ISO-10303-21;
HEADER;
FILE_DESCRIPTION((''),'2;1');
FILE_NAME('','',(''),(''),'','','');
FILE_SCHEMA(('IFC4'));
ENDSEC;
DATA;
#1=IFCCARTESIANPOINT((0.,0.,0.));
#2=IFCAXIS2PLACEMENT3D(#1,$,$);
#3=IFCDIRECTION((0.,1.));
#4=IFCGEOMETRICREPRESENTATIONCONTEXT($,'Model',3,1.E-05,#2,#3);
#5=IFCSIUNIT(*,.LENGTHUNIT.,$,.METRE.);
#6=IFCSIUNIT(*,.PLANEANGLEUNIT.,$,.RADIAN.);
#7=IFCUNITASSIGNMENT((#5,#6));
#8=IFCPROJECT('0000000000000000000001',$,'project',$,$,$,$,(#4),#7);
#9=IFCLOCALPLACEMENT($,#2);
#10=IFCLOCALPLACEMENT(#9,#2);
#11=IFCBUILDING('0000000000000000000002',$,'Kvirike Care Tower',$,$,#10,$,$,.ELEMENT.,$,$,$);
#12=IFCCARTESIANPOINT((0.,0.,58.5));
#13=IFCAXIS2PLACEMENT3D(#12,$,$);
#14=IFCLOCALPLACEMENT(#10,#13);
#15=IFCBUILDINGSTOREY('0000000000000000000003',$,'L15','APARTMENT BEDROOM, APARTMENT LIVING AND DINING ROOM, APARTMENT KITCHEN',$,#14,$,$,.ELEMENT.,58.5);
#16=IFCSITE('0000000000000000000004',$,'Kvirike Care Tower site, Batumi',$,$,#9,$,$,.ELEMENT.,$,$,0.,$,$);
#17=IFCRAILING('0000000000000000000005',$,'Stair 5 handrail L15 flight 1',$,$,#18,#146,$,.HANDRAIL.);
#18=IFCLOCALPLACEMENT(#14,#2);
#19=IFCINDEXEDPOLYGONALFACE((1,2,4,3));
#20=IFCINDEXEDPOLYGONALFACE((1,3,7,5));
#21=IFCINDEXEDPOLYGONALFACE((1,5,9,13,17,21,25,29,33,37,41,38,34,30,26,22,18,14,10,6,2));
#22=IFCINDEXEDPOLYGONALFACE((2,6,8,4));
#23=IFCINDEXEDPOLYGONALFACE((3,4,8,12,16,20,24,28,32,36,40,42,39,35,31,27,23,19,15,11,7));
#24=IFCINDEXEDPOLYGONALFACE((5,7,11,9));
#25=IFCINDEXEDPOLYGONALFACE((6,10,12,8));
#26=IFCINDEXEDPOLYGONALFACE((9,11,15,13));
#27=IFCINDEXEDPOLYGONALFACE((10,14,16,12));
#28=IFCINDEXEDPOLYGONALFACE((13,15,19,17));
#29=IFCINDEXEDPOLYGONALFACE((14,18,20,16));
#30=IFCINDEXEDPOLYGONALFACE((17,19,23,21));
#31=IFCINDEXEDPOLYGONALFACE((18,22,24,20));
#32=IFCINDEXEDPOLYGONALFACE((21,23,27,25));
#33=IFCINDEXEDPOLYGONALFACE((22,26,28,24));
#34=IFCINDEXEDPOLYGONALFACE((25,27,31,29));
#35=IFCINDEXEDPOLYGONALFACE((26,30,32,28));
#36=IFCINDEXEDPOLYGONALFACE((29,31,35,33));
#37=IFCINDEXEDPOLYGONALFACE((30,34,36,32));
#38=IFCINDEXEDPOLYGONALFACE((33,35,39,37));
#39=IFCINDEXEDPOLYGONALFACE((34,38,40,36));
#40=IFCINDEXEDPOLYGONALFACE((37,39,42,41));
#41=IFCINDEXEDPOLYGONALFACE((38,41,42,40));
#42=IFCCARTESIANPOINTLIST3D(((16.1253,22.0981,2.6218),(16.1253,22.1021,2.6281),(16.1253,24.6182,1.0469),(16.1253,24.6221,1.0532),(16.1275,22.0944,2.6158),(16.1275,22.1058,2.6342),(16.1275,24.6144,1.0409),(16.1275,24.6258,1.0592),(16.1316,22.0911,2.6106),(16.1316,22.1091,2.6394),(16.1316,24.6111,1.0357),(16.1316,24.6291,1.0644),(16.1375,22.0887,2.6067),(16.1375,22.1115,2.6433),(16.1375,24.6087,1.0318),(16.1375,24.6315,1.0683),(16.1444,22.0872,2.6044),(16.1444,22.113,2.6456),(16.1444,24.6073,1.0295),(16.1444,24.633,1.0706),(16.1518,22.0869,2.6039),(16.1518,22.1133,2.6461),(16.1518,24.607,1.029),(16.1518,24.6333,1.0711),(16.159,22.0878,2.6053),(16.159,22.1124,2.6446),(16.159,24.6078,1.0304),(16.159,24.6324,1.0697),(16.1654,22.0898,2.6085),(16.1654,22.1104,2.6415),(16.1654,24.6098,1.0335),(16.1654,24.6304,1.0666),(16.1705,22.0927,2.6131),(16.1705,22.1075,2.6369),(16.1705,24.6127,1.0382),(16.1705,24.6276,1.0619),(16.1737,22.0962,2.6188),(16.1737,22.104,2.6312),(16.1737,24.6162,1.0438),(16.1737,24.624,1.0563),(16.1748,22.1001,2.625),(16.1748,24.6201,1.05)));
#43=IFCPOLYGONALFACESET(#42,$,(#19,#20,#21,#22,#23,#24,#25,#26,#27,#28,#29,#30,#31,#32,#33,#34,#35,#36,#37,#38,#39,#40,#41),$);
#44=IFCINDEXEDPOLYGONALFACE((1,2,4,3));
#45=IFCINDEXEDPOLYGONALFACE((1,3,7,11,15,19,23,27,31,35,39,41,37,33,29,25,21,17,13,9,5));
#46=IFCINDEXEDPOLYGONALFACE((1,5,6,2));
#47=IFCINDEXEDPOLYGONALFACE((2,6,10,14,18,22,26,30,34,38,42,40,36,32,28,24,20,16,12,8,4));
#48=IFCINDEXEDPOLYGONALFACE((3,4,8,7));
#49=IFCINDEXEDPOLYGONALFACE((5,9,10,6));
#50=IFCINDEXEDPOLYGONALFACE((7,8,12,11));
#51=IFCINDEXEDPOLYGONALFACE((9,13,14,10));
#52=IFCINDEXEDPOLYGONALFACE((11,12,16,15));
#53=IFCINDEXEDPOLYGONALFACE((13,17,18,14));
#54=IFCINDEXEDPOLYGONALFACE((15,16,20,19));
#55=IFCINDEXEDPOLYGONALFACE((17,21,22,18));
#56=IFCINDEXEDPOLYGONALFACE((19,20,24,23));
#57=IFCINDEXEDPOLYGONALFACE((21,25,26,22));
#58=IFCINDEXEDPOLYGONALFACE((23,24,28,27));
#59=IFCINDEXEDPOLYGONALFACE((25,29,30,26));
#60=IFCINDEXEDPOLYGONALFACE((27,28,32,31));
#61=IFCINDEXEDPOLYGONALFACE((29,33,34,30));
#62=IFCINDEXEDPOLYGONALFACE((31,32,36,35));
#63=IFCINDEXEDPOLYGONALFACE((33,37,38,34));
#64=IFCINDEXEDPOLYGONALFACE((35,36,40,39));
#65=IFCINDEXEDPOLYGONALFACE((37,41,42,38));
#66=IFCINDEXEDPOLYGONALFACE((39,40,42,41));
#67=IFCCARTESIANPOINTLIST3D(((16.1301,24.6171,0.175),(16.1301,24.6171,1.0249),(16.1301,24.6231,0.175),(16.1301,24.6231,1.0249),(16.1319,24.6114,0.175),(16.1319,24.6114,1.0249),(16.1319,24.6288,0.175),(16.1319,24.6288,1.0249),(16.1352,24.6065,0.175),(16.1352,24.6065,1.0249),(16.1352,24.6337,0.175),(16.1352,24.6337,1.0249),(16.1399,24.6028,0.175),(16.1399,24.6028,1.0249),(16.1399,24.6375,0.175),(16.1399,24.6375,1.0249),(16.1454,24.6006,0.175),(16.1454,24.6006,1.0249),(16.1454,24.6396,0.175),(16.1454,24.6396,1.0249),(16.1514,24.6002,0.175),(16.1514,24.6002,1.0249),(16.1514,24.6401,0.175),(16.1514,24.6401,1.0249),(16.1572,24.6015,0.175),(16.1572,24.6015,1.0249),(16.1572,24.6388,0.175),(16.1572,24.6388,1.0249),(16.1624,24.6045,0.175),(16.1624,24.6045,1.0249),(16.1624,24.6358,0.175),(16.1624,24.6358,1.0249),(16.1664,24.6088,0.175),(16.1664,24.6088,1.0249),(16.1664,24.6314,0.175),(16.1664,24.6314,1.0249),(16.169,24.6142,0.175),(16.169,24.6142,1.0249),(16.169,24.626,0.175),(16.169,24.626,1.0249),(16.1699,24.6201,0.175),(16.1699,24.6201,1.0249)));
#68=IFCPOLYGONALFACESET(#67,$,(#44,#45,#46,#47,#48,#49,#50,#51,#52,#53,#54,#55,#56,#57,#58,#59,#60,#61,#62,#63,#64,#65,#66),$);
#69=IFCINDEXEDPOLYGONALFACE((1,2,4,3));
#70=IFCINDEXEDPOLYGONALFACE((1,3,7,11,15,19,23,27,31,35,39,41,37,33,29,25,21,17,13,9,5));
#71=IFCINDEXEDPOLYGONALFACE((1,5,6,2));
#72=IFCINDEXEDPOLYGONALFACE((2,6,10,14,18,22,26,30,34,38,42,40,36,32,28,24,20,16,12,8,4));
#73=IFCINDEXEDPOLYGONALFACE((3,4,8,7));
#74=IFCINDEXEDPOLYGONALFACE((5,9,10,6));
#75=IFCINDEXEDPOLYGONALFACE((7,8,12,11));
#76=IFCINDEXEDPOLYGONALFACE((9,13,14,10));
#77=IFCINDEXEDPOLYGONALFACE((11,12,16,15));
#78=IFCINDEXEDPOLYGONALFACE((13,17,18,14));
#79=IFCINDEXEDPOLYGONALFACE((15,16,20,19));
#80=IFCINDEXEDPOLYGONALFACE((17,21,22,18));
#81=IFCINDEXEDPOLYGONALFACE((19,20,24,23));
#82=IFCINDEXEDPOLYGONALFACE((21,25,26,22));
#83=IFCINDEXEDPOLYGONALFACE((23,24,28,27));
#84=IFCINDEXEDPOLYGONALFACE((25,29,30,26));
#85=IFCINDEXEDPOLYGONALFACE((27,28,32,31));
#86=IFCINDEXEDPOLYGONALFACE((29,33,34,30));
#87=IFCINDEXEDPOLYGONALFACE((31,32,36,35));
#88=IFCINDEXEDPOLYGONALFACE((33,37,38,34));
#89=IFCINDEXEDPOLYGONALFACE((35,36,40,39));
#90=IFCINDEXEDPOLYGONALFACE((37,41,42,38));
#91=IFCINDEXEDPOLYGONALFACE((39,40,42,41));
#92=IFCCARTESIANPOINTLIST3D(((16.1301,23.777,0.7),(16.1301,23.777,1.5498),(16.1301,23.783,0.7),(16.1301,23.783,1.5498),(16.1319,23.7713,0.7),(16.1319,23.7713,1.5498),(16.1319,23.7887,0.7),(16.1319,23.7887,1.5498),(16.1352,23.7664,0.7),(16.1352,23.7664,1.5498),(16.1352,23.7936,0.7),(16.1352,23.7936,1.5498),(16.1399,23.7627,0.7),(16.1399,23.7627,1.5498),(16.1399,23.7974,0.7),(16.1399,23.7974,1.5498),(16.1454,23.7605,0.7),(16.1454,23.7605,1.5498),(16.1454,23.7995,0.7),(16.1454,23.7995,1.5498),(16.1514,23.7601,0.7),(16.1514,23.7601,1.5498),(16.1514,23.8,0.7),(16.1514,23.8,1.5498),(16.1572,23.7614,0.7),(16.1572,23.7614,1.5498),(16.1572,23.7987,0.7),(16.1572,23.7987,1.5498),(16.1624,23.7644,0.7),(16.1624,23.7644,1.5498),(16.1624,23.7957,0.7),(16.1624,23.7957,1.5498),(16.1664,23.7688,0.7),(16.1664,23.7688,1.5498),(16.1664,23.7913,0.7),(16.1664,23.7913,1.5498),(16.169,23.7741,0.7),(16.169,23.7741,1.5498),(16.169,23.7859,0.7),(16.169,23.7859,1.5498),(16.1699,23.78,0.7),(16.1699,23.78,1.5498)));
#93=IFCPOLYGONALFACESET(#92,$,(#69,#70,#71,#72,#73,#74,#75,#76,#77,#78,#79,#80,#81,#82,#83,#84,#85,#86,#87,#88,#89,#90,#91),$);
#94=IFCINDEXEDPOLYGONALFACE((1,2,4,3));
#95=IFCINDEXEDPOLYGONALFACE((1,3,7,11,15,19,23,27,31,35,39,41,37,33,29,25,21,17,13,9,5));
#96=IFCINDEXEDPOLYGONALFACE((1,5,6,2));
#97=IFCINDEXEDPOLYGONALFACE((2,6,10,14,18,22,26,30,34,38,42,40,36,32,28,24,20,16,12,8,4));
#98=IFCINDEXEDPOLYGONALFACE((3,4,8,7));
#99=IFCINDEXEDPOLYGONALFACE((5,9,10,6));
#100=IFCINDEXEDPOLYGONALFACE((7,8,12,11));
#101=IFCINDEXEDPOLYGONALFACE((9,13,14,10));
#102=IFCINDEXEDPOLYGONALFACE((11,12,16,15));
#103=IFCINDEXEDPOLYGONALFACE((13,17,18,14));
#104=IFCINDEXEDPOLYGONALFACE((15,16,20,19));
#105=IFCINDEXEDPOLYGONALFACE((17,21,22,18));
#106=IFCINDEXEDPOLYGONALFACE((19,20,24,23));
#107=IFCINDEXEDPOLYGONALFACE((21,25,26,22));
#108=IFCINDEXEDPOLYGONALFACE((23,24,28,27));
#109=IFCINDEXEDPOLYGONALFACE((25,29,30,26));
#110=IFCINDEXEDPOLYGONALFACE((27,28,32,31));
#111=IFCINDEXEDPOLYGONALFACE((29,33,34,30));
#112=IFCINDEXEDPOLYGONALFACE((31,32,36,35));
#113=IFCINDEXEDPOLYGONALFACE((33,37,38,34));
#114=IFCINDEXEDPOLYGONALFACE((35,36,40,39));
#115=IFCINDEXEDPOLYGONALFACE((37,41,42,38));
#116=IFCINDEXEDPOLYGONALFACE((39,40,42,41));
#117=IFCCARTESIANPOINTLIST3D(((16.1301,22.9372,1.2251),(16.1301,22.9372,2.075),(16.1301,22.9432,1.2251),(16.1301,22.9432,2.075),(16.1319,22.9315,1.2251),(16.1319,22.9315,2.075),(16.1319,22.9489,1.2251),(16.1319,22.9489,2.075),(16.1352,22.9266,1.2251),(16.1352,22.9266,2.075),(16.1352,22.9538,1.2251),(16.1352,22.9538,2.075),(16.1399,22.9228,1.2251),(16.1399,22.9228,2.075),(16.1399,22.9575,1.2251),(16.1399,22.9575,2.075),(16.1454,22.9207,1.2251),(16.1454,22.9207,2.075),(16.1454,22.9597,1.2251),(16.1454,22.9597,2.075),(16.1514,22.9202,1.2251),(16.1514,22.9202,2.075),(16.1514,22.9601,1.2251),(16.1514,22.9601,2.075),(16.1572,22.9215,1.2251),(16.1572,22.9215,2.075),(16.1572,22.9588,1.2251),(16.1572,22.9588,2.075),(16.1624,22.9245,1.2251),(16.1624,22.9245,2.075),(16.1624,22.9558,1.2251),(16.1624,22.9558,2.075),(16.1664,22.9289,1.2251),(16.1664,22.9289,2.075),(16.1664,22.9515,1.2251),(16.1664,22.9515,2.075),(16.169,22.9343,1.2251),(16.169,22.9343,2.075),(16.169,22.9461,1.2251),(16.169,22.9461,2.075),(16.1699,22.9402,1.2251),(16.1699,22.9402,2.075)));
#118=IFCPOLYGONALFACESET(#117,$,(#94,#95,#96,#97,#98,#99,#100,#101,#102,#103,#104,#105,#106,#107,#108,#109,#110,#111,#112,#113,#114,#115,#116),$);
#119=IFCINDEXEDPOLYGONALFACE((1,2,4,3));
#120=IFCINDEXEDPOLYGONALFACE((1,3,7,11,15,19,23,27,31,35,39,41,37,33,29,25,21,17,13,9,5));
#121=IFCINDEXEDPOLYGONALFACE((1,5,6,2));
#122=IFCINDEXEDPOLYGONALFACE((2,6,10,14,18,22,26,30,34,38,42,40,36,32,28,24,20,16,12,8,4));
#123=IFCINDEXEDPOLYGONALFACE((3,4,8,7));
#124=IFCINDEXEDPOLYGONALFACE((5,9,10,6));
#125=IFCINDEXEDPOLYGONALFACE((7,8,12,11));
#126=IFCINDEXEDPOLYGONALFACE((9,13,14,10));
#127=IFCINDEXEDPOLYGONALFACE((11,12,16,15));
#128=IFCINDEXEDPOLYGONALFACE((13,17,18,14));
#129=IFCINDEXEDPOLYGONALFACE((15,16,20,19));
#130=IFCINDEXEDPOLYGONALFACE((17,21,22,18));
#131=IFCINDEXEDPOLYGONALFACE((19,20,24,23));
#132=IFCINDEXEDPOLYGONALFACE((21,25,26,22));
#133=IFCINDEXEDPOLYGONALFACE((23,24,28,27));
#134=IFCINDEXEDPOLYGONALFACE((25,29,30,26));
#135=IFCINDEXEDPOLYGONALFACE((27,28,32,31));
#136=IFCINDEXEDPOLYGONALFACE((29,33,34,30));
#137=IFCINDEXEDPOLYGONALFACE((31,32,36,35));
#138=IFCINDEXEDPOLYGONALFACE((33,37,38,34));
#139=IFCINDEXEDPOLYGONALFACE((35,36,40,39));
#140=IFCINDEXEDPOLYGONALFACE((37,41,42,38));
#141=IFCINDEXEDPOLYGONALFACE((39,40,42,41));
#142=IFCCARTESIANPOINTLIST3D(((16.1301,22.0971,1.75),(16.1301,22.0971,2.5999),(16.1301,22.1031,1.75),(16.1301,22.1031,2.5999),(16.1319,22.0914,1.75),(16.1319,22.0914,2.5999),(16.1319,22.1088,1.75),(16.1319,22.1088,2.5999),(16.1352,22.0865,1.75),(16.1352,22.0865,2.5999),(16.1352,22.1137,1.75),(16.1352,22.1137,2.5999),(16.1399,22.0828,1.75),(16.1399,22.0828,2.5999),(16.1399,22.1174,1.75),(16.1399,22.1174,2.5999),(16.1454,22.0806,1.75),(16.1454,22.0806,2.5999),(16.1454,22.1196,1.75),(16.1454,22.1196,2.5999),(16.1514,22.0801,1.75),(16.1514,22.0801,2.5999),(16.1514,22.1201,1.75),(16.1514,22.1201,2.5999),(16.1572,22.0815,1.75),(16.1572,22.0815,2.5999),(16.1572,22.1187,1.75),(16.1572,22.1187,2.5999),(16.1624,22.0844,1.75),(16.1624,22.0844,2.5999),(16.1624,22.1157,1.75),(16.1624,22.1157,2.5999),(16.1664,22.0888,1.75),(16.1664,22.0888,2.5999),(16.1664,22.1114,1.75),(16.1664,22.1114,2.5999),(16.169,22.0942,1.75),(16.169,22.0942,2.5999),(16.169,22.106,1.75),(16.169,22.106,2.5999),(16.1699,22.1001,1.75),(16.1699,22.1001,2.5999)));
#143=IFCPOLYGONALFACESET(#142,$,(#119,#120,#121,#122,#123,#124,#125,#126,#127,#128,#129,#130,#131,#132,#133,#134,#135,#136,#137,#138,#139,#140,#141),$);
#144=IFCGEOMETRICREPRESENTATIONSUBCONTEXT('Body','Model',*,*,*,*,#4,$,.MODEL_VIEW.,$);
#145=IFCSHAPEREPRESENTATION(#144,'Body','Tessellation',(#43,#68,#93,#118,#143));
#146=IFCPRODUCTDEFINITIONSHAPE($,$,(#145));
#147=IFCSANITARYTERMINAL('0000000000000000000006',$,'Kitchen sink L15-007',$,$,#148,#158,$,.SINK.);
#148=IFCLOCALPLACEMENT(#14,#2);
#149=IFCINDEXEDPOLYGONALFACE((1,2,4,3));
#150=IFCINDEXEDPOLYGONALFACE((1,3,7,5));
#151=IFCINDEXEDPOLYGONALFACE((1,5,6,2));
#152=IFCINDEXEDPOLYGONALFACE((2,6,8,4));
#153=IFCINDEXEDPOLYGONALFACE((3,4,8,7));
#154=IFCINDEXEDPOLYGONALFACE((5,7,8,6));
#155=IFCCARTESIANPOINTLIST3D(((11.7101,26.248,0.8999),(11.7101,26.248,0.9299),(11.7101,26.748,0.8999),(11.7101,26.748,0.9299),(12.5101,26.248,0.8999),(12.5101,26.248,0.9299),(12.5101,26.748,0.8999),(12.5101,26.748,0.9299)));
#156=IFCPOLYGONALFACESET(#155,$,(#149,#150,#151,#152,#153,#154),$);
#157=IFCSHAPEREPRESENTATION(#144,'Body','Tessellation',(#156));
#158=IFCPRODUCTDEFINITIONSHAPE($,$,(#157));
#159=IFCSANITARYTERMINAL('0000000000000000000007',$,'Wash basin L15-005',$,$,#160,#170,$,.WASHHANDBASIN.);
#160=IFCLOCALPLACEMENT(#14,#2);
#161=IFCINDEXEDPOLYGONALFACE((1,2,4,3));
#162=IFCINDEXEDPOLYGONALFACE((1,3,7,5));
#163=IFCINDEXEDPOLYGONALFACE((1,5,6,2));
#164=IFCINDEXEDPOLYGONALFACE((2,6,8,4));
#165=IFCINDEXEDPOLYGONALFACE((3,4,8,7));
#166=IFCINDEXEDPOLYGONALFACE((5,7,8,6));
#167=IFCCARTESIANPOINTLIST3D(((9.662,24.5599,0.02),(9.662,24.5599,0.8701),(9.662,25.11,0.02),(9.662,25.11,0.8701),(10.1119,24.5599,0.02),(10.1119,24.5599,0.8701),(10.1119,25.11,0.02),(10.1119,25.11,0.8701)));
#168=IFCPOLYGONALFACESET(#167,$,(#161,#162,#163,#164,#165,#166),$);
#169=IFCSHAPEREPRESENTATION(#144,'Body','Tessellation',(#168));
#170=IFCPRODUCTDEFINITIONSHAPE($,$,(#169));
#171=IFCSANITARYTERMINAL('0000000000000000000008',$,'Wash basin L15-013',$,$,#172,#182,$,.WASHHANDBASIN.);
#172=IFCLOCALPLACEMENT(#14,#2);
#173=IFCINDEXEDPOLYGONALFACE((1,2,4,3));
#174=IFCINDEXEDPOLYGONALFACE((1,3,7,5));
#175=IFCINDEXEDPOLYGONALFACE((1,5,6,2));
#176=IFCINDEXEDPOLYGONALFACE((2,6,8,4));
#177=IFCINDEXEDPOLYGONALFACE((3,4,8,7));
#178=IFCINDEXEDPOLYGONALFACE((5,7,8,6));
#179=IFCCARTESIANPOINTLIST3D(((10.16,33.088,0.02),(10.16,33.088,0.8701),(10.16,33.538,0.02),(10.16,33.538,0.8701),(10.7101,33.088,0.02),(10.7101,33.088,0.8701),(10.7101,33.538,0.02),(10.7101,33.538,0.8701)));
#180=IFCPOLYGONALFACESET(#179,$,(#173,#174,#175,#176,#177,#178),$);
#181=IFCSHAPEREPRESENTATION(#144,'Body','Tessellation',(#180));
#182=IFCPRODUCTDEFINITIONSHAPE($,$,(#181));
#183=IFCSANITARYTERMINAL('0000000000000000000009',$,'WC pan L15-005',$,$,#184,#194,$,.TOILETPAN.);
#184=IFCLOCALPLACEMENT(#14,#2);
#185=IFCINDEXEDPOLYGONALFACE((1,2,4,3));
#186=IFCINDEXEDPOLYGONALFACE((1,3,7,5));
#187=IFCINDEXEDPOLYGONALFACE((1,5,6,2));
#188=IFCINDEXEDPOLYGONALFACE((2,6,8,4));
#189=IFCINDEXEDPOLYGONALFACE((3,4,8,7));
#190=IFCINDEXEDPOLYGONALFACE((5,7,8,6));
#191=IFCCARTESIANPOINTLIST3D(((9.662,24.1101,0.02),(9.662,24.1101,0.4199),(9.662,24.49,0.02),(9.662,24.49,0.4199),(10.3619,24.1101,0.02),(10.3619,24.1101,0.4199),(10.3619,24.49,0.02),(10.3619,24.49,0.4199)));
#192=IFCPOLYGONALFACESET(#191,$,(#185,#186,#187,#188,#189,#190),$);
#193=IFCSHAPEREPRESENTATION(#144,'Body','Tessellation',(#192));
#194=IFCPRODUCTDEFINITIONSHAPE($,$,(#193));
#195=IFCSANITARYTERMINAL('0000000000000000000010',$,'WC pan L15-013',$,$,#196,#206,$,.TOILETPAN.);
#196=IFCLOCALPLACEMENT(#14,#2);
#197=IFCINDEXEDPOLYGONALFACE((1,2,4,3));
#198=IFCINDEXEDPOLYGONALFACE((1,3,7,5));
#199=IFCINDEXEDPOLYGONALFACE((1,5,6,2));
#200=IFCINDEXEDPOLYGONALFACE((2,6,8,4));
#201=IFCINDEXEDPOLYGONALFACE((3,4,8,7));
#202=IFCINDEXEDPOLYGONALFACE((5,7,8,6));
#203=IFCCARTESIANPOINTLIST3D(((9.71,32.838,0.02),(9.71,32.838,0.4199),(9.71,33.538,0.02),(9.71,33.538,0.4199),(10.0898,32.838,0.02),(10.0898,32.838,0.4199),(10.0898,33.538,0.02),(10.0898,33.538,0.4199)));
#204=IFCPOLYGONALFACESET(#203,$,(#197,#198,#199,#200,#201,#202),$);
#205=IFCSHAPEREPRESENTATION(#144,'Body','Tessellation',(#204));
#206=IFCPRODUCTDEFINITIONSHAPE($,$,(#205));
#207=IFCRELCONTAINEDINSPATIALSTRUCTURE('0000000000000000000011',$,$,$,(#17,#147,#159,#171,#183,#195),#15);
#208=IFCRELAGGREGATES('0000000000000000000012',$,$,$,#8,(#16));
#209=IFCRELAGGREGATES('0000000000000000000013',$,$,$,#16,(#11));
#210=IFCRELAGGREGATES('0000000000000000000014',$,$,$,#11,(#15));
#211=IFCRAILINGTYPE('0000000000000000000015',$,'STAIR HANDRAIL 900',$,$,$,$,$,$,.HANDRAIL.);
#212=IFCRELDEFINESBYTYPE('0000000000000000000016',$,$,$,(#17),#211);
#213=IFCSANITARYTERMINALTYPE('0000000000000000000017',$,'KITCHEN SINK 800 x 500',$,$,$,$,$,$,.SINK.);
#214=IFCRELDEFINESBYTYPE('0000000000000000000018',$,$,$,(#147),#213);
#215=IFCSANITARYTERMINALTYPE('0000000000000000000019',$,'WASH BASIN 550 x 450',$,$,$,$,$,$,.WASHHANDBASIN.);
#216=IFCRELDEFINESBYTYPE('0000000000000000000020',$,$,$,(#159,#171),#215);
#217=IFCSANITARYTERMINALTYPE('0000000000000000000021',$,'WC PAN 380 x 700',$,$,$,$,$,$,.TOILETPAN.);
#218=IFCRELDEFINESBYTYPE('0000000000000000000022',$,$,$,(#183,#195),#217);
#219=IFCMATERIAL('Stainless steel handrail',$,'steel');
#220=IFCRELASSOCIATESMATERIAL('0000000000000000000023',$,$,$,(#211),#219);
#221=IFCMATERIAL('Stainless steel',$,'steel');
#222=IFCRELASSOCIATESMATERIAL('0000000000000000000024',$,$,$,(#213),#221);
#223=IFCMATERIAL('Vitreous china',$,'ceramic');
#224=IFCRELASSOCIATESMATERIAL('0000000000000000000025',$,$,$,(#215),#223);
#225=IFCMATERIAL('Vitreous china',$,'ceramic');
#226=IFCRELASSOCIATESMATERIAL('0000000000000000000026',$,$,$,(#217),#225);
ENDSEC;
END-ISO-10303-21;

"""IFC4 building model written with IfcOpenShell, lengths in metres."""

from ifc_helpers import new_model, si_unit, direction, frame, origin, origin_2d, place, context, subcontext, project, spatial, rectangle, circle, extrude, material, type_object, element, save


model = new_model("IFC4")

# Units and contexts
model_context = context("Model", 3, precision=1e-05, world=origin(), true_north=direction((0.0, 1.0)))
body_context = subcontext(model_context, "Body", "Model", "MODEL_VIEW")
ifc_project = project(units=[si_unit("LENGTHUNIT", "METRE"), si_unit("PLANEANGLEUNIT", "RADIAN")], contexts=[model_context])

# Site, building, storey
site_placement = place(None, origin())
site = spatial("IfcSite", under=ifc_project, at=site_placement, Name="Kvirike Care Tower site, Batumi", CompositionType="ELEMENT", RefElevation=0.0)
building_placement = place(site_placement, origin())
building = spatial("IfcBuilding", under=site, at=building_placement, Name="Kvirike Care Tower", CompositionType="ELEMENT")
storey_placement = place(building_placement, frame((0.0, 0.0, 58.5)))
storey = spatial("IfcBuildingStorey", under=building, at=storey_placement, Name="L15", Description="APARTMENT BEDROOM, APARTMENT LIVING AND DINING ROOM, APARTMENT KITCHEN", CompositionType="ELEMENT", Elevation=58.5)

# Railing
ifc_material_1 = material(Name="Stainless steel handrail", Category="steel")
railing_type = type_object("IfcRailingType", Name="STAIR HANDRAIL 900", PredefinedType="HANDRAIL", material=ifc_material_1)
railing_placement = place(storey_placement, frame((16.1499, 24.6201, 0.175)))
element("IfcRailing", 1, at=railing_placement, inside=storey, type_object=railing_type, Name="Stair 5 handrail L15 flight 1", PredefinedType="HANDRAIL", context=body_context, shape_type="SweptSolid", body=[
    extrude(circle(Radius=0.0249, at=origin_2d()), frame((0.0, 0.0, 0.875), z_axis=(0.0, -0.848008, 0.529984), x_axis=(1.0, 0.0, 0.0)), (0.0, 0.0, 1.0), 2.9717),
    extrude(circle(Radius=0.02, at=origin_2d()), origin(), (0.0, 0.0, 1.0), 0.8499),
    extrude(circle(Radius=0.02, at=origin_2d()), frame((0.0, -0.8401, 0.5249)), (0.0, 0.0, 1.0), 0.8499),
    extrude(circle(Radius=0.02, at=origin_2d()), frame((0.0, -1.6799, 1.05)), (0.0, 0.0, 1.0), 0.8499),
    extrude(circle(Radius=0.02, at=origin_2d()), frame((0.0, -2.52, 1.575)), (0.0, 0.0, 1.0), 0.8499),
])

# Sanitary terminals
ifc_material_2 = material(Name="Stainless steel", Category="steel")
sanitary_terminal_type_1 = type_object("IfcSanitaryTerminalType", Name="KITCHEN SINK 800 x 500", PredefinedType="SINK", material=ifc_material_2)
sanitary_terminal_placement = place(storey_placement, frame((12.1101, 26.498, 0.8999), z_axis=(0.0, 0.0, 1.0), x_axis=(1.0, 0.0, 0.0)))
element("IfcSanitaryTerminal", 2, at=sanitary_terminal_placement, inside=storey, type_object=sanitary_terminal_type_1, Name="Kitchen sink L15-007", PredefinedType="SINK", context=body_context, shape_type="SweptSolid", body=[
    extrude(rectangle(XDim=0.8, YDim=0.5, at=origin_2d()), origin(), (0.0, 0.0, 1.0), 0.03),
])
ifc_material_3 = material(Name="Vitreous china", Category="ceramic")
sanitary_terminal_type_2 = type_object("IfcSanitaryTerminalType", Name="WASH BASIN 550 x 450", PredefinedType="WASHHANDBASIN", material=ifc_material_3)
for number, where, z_axis, x_axis, name in (
    (3, (9.887, 24.835, 0.02), (0.0, 0.0, 1.0), (0.0, 1.0, 0.0), "Wash basin L15-005"),
    (4, (10.4351, 33.313, 0.02), (0.0, 0.0, 1.0), (1.0, 0.0, 0.0), "Wash basin L15-013"),
):
    element("IfcSanitaryTerminal", number, at=place(storey_placement, frame(where, z_axis=z_axis, x_axis=x_axis)), inside=storey, type_object=sanitary_terminal_type_2, Name=name, PredefinedType="WASHHANDBASIN", context=body_context, shape_type="SweptSolid", body=[
        extrude(rectangle(XDim=0.55, YDim=0.45, at=origin_2d()), origin(), (0.0, 0.0, 1.0), 0.8501),
    ])
ifc_material_4 = material(Name="Vitreous china", Category="ceramic")
sanitary_terminal_type_3 = type_object("IfcSanitaryTerminalType", Name="WC PAN 380 x 700", PredefinedType="TOILETPAN", material=ifc_material_4)
for number, where, z_axis, x_axis, name in (
    (5, (10.012, 24.3, 0.02), (0.0, 0.0, 1.0), (0.0, 1.0, 0.0), "WC pan L15-005"),
    (6, (9.8999, 33.188, 0.02), (0.0, 0.0, 1.0), (1.0, 0.0, 0.0), "WC pan L15-013"),
):
    element("IfcSanitaryTerminal", number, at=place(storey_placement, frame(where, z_axis=z_axis, x_axis=x_axis)), inside=storey, type_object=sanitary_terminal_type_3, Name=name, PredefinedType="TOILETPAN", context=body_context, shape_type="SweptSolid", body=[
        extrude(rectangle(XDim=0.3799, YDim=0.7, at=origin_2d()), origin(), (0.0, 0.0, 1.0), 0.3999),
    ])

save(model, "model.ifc")
